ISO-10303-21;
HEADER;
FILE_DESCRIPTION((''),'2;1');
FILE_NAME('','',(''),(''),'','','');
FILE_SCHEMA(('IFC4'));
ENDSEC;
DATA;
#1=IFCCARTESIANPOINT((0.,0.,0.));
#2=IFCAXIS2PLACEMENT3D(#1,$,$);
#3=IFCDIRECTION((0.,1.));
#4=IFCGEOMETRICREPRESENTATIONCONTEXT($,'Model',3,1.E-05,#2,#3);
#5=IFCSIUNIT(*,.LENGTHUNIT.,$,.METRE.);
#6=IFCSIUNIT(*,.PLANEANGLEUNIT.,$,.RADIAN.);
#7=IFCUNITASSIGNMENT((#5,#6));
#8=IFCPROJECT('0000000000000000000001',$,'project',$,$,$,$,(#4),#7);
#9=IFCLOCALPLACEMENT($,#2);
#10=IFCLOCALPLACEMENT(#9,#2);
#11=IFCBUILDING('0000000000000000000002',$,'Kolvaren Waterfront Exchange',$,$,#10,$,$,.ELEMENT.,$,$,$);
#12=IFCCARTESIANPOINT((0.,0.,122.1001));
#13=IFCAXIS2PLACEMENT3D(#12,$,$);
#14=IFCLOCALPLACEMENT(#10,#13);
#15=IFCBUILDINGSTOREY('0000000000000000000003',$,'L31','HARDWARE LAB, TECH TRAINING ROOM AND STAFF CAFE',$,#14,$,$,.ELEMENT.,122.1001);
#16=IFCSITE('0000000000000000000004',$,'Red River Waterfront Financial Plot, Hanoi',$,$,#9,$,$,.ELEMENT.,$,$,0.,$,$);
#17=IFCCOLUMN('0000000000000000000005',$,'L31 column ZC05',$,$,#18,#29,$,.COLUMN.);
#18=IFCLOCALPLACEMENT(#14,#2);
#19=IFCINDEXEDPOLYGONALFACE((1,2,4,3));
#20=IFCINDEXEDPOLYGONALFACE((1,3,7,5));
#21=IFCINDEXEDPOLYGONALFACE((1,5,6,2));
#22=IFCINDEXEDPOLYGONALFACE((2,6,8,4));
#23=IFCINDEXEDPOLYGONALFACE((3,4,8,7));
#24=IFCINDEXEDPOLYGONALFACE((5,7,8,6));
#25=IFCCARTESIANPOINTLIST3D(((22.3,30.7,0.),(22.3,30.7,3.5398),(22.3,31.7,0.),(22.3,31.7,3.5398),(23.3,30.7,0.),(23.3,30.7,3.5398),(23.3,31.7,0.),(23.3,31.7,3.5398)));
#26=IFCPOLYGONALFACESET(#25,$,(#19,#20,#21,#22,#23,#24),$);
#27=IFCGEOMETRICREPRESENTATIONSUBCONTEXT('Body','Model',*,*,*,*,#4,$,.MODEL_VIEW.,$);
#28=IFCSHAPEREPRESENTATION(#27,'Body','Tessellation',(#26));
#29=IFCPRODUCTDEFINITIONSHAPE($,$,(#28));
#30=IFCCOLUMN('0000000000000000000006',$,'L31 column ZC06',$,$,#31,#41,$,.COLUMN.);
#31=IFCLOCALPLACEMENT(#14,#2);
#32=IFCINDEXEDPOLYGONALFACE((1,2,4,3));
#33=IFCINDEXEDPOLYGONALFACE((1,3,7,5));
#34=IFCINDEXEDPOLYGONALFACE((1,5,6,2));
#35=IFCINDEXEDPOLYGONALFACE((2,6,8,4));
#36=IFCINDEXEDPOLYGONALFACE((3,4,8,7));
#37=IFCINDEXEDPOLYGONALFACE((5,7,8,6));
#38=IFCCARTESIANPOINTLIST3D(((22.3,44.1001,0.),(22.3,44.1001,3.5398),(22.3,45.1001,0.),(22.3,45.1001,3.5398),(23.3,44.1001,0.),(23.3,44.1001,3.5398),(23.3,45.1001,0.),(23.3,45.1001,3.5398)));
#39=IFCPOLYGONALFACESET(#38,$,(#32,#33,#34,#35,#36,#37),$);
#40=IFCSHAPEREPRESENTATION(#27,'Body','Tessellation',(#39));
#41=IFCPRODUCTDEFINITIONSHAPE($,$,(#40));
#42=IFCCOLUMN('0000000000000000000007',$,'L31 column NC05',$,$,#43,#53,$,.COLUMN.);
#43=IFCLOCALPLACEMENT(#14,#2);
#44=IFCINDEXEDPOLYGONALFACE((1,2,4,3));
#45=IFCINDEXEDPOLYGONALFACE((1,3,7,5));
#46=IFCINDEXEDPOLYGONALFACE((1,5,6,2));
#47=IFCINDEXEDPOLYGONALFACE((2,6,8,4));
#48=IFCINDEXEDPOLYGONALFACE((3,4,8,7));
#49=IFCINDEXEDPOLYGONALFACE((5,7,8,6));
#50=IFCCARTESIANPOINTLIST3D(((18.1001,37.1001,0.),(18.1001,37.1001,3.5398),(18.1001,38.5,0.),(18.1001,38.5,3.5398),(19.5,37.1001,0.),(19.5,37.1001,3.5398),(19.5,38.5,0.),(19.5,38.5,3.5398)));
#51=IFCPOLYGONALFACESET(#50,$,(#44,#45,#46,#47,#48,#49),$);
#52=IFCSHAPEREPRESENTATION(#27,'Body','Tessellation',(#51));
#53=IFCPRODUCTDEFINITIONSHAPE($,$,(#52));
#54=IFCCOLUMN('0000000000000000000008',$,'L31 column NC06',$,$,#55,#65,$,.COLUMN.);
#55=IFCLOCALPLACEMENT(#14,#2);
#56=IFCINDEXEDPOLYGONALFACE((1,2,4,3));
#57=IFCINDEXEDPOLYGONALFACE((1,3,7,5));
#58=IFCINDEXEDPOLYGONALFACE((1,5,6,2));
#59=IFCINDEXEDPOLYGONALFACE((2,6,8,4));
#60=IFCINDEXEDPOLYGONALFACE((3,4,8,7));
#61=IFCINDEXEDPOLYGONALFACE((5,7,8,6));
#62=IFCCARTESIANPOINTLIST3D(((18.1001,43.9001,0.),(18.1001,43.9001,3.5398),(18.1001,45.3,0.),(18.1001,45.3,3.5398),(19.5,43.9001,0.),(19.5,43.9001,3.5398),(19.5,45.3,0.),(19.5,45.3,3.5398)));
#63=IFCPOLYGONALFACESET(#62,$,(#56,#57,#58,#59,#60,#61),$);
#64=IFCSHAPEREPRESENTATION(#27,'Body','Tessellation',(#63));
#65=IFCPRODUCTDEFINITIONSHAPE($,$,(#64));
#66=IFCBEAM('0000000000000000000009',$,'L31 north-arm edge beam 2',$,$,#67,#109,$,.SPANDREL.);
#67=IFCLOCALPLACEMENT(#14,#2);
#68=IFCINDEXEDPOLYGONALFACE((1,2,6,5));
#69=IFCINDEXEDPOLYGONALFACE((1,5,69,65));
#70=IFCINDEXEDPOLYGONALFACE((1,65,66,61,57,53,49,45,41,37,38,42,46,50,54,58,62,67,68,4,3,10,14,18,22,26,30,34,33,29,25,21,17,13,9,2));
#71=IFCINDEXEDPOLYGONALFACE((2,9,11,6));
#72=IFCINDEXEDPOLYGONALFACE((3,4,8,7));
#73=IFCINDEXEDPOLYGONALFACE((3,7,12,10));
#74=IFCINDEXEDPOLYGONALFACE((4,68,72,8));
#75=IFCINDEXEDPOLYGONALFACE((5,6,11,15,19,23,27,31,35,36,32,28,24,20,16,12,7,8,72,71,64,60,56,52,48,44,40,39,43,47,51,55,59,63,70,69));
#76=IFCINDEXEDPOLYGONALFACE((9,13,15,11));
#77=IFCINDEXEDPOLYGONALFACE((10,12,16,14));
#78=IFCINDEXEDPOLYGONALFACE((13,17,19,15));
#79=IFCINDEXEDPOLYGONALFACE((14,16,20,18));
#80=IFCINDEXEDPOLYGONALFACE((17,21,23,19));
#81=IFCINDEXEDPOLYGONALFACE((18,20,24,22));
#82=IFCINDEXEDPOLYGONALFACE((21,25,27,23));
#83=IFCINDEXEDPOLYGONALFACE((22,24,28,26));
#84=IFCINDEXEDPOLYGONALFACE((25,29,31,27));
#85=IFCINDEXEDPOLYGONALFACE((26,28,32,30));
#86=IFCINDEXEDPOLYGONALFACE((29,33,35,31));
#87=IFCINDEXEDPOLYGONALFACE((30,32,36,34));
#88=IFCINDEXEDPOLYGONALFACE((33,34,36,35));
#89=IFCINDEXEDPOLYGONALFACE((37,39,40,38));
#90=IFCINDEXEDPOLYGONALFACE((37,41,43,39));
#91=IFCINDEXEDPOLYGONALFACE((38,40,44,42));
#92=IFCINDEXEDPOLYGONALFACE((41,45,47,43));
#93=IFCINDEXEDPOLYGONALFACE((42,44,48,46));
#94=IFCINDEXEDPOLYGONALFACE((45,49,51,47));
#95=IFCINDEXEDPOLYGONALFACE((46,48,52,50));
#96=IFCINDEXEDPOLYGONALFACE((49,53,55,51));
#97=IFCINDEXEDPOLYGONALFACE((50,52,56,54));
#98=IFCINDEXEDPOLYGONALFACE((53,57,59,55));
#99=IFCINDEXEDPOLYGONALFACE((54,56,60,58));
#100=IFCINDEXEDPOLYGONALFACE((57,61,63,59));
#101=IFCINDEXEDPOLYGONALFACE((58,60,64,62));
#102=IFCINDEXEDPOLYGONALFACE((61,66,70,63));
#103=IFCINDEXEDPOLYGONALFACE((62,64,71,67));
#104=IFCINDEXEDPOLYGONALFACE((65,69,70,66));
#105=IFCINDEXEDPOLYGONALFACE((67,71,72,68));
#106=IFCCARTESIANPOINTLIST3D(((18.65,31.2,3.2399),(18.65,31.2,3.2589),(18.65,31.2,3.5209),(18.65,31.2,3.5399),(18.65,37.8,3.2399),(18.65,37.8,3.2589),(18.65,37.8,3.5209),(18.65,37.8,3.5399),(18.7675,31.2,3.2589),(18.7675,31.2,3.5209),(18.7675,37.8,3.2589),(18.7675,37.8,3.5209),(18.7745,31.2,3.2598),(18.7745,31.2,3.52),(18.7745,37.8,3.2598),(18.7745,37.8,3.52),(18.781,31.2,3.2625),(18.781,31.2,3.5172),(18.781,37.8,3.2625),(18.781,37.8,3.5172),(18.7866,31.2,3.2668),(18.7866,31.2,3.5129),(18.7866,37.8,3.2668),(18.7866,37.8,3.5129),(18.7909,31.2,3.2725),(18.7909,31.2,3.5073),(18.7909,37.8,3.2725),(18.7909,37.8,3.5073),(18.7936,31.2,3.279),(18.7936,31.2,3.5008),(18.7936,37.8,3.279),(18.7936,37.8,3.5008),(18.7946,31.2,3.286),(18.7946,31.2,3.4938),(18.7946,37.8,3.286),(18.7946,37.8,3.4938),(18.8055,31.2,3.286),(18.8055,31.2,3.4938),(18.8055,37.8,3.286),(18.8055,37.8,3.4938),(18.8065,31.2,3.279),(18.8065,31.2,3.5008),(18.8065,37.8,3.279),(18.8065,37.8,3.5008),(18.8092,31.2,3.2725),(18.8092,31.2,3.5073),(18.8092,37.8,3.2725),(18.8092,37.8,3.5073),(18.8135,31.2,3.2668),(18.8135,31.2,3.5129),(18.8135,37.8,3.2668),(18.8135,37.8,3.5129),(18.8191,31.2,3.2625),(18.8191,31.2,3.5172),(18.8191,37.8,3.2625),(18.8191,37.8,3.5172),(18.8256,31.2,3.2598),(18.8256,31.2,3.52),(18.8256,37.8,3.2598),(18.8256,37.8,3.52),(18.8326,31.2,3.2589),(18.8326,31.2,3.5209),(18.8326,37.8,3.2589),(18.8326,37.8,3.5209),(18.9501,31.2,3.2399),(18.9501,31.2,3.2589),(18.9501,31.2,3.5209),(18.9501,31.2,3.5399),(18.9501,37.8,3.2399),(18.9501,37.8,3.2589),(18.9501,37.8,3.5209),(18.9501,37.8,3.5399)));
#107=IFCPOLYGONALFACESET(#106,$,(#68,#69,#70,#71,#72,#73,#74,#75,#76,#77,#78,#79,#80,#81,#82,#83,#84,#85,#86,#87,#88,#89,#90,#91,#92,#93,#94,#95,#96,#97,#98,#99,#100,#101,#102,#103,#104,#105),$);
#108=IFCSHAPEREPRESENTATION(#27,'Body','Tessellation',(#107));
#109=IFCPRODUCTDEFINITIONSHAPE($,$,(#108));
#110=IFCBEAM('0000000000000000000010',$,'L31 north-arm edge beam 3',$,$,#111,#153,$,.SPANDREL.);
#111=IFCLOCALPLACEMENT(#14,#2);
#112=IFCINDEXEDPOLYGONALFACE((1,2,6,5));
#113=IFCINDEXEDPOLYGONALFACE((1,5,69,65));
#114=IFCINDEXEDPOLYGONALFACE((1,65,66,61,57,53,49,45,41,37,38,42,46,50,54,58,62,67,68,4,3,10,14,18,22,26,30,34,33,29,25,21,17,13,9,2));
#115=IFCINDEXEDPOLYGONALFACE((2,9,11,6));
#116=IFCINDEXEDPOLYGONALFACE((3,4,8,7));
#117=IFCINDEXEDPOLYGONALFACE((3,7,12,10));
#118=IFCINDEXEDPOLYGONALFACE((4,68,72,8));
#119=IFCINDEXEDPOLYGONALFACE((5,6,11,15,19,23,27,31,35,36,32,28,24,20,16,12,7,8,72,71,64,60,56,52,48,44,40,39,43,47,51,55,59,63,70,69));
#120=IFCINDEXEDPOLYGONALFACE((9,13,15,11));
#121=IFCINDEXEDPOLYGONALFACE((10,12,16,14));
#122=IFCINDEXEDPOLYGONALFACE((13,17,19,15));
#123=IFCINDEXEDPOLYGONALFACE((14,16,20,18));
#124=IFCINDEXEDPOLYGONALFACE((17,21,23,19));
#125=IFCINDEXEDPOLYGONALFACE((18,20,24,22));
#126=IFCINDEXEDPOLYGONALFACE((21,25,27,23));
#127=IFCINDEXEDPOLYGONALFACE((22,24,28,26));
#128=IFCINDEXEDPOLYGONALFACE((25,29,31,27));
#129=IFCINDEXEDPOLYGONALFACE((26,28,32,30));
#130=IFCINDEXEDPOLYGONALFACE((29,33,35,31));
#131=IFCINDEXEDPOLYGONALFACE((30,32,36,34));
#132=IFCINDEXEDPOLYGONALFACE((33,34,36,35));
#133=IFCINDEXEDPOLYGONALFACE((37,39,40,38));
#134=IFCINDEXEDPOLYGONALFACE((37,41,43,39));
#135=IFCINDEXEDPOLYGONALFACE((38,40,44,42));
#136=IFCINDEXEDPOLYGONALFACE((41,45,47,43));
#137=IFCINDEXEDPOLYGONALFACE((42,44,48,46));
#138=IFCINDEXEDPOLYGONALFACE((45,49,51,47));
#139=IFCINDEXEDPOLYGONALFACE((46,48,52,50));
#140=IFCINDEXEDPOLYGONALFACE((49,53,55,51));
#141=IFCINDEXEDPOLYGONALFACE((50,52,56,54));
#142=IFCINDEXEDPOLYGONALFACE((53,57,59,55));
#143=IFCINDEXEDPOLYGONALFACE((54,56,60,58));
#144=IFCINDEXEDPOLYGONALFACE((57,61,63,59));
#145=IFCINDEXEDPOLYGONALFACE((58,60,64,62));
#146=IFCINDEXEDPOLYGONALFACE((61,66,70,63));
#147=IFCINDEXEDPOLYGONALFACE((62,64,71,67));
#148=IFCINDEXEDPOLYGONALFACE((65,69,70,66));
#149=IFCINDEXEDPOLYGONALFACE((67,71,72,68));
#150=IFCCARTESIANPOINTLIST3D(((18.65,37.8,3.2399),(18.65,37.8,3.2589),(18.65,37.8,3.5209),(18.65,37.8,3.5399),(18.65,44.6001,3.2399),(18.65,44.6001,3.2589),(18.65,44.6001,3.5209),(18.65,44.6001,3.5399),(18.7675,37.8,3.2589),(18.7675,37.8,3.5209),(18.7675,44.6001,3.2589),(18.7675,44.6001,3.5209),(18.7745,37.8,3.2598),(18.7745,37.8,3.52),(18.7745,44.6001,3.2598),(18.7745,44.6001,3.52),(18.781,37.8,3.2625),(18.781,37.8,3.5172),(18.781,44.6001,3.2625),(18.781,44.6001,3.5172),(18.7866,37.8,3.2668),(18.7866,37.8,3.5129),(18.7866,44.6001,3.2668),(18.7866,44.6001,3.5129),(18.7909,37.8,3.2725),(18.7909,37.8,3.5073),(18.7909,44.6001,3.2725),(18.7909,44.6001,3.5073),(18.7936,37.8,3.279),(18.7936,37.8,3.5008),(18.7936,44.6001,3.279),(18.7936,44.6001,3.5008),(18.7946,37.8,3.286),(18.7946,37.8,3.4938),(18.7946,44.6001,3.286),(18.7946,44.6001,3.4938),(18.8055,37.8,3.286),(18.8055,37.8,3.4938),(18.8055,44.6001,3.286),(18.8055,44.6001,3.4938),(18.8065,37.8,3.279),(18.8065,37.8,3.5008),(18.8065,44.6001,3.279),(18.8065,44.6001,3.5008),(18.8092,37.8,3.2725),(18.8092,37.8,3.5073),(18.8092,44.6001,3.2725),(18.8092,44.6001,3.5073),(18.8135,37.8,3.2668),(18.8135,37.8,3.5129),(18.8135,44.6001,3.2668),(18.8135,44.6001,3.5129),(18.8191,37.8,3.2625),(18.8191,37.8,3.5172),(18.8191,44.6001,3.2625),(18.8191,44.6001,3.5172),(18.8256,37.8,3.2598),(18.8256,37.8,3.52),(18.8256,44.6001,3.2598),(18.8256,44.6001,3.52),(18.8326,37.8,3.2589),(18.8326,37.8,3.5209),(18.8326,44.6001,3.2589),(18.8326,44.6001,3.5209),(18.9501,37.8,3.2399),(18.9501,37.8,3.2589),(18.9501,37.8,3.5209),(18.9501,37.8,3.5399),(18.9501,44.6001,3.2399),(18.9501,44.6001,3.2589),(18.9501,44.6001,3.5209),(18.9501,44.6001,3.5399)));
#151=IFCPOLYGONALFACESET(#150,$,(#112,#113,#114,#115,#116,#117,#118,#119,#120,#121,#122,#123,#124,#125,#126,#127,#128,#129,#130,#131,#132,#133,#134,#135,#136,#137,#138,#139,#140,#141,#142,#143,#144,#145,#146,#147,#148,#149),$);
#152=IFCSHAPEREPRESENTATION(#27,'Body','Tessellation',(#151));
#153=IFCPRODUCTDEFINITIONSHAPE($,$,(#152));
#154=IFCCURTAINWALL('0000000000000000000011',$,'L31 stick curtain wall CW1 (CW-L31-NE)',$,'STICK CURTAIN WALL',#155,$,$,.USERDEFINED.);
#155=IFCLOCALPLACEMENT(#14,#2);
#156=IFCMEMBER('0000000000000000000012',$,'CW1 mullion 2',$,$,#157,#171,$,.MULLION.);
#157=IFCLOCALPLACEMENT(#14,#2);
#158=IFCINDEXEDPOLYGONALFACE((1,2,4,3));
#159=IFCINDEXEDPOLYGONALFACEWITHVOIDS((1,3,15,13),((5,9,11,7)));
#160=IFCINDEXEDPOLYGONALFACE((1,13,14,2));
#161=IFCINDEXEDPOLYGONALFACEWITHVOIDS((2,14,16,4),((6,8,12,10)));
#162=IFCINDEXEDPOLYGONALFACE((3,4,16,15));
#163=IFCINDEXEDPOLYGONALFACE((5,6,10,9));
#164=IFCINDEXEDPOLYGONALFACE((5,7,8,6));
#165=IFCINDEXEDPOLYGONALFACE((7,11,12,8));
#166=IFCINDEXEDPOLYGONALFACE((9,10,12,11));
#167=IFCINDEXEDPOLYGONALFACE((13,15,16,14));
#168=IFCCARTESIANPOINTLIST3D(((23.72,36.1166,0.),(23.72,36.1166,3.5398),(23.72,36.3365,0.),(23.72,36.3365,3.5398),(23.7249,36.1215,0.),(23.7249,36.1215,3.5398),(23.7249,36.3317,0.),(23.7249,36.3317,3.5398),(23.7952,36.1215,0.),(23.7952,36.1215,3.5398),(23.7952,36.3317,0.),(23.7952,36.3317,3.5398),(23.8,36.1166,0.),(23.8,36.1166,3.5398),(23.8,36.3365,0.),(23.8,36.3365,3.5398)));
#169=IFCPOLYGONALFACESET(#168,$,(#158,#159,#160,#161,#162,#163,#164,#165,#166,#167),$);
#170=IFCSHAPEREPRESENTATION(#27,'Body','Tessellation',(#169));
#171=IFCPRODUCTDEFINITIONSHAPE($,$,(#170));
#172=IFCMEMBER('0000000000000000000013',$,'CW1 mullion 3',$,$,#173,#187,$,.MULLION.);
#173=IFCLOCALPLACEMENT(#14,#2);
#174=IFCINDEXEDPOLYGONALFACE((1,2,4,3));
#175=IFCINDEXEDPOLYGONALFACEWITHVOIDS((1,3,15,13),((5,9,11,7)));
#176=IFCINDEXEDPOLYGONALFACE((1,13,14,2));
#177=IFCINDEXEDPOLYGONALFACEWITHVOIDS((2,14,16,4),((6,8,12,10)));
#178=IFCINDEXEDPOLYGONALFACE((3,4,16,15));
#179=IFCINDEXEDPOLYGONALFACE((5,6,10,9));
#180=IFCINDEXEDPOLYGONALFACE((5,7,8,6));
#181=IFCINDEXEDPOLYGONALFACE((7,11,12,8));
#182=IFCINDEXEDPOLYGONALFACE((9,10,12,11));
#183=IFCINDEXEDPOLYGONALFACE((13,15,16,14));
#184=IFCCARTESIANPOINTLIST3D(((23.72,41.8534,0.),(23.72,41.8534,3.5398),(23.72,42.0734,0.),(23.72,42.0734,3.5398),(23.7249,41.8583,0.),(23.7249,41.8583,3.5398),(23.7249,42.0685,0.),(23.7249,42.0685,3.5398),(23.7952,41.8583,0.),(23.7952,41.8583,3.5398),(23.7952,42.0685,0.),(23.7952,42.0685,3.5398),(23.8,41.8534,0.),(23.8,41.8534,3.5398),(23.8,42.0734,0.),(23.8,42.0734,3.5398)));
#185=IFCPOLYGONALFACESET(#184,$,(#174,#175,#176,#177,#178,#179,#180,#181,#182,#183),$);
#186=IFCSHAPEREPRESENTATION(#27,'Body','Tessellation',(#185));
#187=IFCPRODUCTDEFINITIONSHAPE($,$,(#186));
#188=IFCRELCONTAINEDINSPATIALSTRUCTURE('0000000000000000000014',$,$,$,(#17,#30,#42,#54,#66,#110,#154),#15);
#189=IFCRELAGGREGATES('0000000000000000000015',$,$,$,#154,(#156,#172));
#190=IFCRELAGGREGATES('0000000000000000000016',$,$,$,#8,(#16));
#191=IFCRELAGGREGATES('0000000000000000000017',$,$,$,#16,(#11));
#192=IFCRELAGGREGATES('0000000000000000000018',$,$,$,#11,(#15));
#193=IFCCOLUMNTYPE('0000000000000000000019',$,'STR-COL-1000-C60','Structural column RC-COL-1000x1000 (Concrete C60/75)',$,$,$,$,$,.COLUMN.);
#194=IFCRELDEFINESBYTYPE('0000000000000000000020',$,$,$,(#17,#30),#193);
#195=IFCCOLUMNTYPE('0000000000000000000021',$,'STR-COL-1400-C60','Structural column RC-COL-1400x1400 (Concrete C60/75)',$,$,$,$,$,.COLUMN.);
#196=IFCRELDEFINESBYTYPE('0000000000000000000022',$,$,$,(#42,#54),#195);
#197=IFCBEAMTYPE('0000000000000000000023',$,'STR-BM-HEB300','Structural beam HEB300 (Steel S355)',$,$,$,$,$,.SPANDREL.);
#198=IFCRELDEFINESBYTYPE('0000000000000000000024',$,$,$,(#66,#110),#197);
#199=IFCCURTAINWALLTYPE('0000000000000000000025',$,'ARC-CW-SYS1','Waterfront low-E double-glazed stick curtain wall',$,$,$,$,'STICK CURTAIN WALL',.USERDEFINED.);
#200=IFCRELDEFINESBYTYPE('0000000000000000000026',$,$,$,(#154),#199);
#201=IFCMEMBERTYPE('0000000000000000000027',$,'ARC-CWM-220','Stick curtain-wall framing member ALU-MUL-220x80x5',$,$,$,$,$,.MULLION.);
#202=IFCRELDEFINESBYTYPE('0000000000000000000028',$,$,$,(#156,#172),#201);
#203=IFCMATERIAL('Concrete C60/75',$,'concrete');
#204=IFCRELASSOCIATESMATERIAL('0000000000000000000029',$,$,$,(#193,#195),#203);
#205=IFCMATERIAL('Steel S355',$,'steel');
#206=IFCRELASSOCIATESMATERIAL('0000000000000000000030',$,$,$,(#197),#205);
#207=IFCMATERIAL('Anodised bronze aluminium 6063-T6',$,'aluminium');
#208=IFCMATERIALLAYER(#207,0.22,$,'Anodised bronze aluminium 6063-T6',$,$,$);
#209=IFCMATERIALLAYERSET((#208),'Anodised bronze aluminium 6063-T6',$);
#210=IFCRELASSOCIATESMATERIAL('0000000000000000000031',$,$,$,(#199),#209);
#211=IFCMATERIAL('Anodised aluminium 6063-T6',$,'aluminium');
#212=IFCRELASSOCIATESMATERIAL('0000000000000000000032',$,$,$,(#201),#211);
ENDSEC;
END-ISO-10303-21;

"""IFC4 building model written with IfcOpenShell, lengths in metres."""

from ifc_helpers import new_model, si_unit, direction, frame, origin, origin_with_axes, origin_2d, place, context, subcontext, project, spatial, rectangle, hollow_rectangle, i_section, extrude, source, transform, mapped, material, layer, layer_set, material_profile, profile_set, type_object, element, aggregate, save


model = new_model("IFC4")

# Units and contexts
model_context = context("Model", 3, precision=1e-05, world=origin(), true_north=direction((0.0, 1.0)))
body_context = subcontext(model_context, "Body", "Model", "MODEL_VIEW")
ifc_project = project(units=[si_unit("LENGTHUNIT", "METRE"), si_unit("PLANEANGLEUNIT", "RADIAN")], contexts=[model_context])

# Site, building, storey
site_placement = place(None, origin())
site = spatial("IfcSite", under=ifc_project, at=site_placement, Name="Red River Waterfront Financial Plot, Hanoi", CompositionType="ELEMENT", RefElevation=0.0)
building_placement = place(site_placement, origin())
building = spatial("IfcBuilding", under=site, at=building_placement, Name="Kolvaren Waterfront Exchange", CompositionType="ELEMENT")
storey_placement = place(building_placement, frame((0.0, 0.0, 122.1001)))
storey = spatial("IfcBuildingStorey", under=building, at=storey_placement, Name="L31", Description="HARDWARE LAB, TECH TRAINING ROOM AND STAFF CAFE", CompositionType="ELEMENT", Elevation=122.1001)

# Columns
ifc_material_1 = material(Name="Concrete C60/75", Category="concrete")
ifc_material_profile_1 = material_profile(ifc_material_1, rectangle(XDim=1.0, YDim=1.0, at=origin_2d()), Name="RC-COL-1000x1000")
ifc_profile_set_1 = profile_set([ifc_material_profile_1], Name="Concrete C60/75")
column_type_1 = type_object("IfcColumnType", Name="STR-COL-1000-C60", Description="Structural column RC-COL-1000x1000 (Concrete C60/75)", PredefinedType="COLUMN", material=ifc_profile_set_1)
for number, where, z_axis, x_axis, name in (
    (1, (22.8, 31.2, 0.0), (0.0, 0.0, 1.0), (1.0, 0.0, 0.0), "L31 column ZC05"),
    (2, (22.8, 44.6001, 0.0), (0.0, 0.0, 1.0), (1.0, 0.0, 0.0), "L31 column ZC06"),
):
    element("IfcColumn", number, at=place(storey_placement, frame(where, z_axis=z_axis, x_axis=x_axis)), inside=storey, type_object=column_type_1, Name=name, PredefinedType="COLUMN", context=body_context, shape_type="SweptSolid", body=[
        extrude(rectangle(XDim=1.0, YDim=1.0, at=origin_2d()), origin(), (0.0, 0.0, 1.0), 3.5398),
    ])
ifc_material_profile_2 = material_profile(ifc_material_1, rectangle(XDim=1.3999, YDim=1.3999, at=origin_2d()), Name="RC-COL-1400x1400")
ifc_profile_set_2 = profile_set([ifc_material_profile_2], Name="Concrete C60/75")
column_type_2 = type_object("IfcColumnType", Name="STR-COL-1400-C60", Description="Structural column RC-COL-1400x1400 (Concrete C60/75)", PredefinedType="COLUMN", material=ifc_profile_set_2)
for number, where, z_axis, x_axis, name in (
    (3, (18.8, 37.8, 0.0), (0.0, 0.0, 1.0), (1.0, 0.0, 0.0), "L31 column NC05"),
    (4, (18.8, 44.6001, 0.0), (0.0, 0.0, 1.0), (1.0, 0.0, 0.0), "L31 column NC06"),
):
    element("IfcColumn", number, at=place(storey_placement, frame(where, z_axis=z_axis, x_axis=x_axis)), inside=storey, type_object=column_type_2, Name=name, PredefinedType="COLUMN", context=body_context, shape_type="SweptSolid", body=[
        extrude(rectangle(XDim=1.3999, YDim=1.3999, at=origin_2d()), origin(), (0.0, 0.0, 1.0), 3.5398),
    ])

# Beams
ifc_material_2 = material(Name="Steel S355", Category="steel")
ifc_material_profile_3 = material_profile(ifc_material_2, i_section(OverallWidth=0.3, OverallDepth=0.3, WebThickness=0.011, FlangeThickness=0.019, FilletRadius=0.0271, at=origin_2d()), Name="HEB300")
ifc_profile_set_3 = profile_set([ifc_material_profile_3], Name="Steel S355")
beam_type = type_object("IfcBeamType", Name="STR-BM-HEB300", Description="Structural beam HEB300 (Steel S355)", PredefinedType="SPANDREL", material=ifc_profile_set_3)
beam_1_placement = place(storey_placement, frame((18.8, 31.2, 3.3899), z_axis=(0.0, 1.0, 0.0), x_axis=(-1.0, 0.0, 0.0)))
element("IfcBeam", 5, at=beam_1_placement, inside=storey, type_object=beam_type, Name="L31 north-arm edge beam 2", PredefinedType="SPANDREL", context=body_context, shape_type="SweptSolid", body=[
    extrude(i_section(OverallWidth=0.3, OverallDepth=0.3, WebThickness=0.011, FlangeThickness=0.019, FilletRadius=0.0271, at=origin_2d()), origin(), (0.0, 0.0, 1.0), 6.6001),
])
beam_2_placement = place(storey_placement, frame((18.8, 37.8, 3.3899), z_axis=(0.0, 1.0, 0.0), x_axis=(-1.0, 0.0, 0.0)))
element("IfcBeam", 6, at=beam_2_placement, inside=storey, type_object=beam_type, Name="L31 north-arm edge beam 3", PredefinedType="SPANDREL", context=body_context, shape_type="SweptSolid", body=[
    extrude(i_section(OverallWidth=0.3, OverallDepth=0.3, WebThickness=0.011, FlangeThickness=0.019, FilletRadius=0.0271, at=origin_2d()), origin(), (0.0, 0.0, 1.0), 6.8),
])

# Curtain wall, members
ifc_material_3 = material(Name="Anodised bronze aluminium 6063-T6", Category="aluminium")
ifc_layer_1 = layer(ifc_material_3, 0.22, Name="Anodised bronze aluminium 6063-T6")
ifc_layer_set_1 = layer_set([ifc_layer_1], Name="Anodised bronze aluminium 6063-T6")
curtain_wall_type = type_object("IfcCurtainWallType", Name="ARC-CW-SYS1", Description="Waterfront low-E double-glazed stick curtain wall", ElementType="STICK CURTAIN WALL", PredefinedType="USERDEFINED", material=ifc_layer_set_1)
curtain_wall_placement = place(storey_placement, origin())
curtain_wall = element("IfcCurtainWall", 7, at=curtain_wall_placement, inside=storey, type_object=curtain_wall_type, Name="L31 stick curtain wall CW1 (CW-L31-NE)", ObjectType="STICK CURTAIN WALL", PredefinedType="USERDEFINED")
ifc_material_4 = material(Name="Anodised aluminium 6063-T6", Category="aluminium")
ifc_material_profile_4 = material_profile(ifc_material_4, hollow_rectangle(XDim=0.0801, YDim=0.22, WallThickness=0.0049, at=origin_2d()), Name="ALU-MUL-220x80x5")
ifc_profile_set_4 = profile_set([ifc_material_profile_4], Name="Anodised aluminium 6063-T6")
member_type_1 = type_object("IfcMemberType", Name="ARC-CWM-220", Description="Stick curtain-wall framing member ALU-MUL-220x80x5", PredefinedType="MULLION", material=ifc_profile_set_4)
shared_shape_1 = source(origin_with_axes(), body_context, "Body", "SweptSolid", [
    extrude(hollow_rectangle(XDim=0.0801, YDim=0.22, WallThickness=0.0049, at=origin_2d()), origin(), (0.0, 0.0, 1.0), 3.5398),
])
member_1_placement = place(storey_placement, frame((23.76, 36.2266, 0.0), z_axis=(0.0, 0.0, 1.0), x_axis=(-1.0, 0.0, 0.0)))
member_1 = element("IfcMember", 8, at=member_1_placement, type_object=member_type_1, Name="CW1 mullion 2", PredefinedType="MULLION", context=body_context, shape_type="MappedRepresentation", body=[
    mapped(shared_shape_1, transform((0.0, 0.0, 0.0), x_axis=(1.0, 0.0, 0.0), y_axis=(0.0, 1.0, 0.0), z_axis=(0.0, 0.0, 1.0), scale=1.0)),
])
member_2_placement = place(storey_placement, frame((23.76, 41.9634, 0.0), z_axis=(0.0, 0.0, 1.0), x_axis=(-1.0, 0.0, 0.0)))
member_2 = element("IfcMember", 9, at=member_2_placement, type_object=member_type_1, Name="CW1 mullion 3", PredefinedType="MULLION", context=body_context, shape_type="MappedRepresentation", body=[
    mapped(shared_shape_1, transform((0.0, 0.0, 0.0), x_axis=(1.0, 0.0, 0.0), y_axis=(0.0, 1.0, 0.0), z_axis=(0.0, 0.0, 1.0), scale=1.0)),
])
aggregate(curtain_wall, [member_1, member_2])

save(model, "model.ifc")
